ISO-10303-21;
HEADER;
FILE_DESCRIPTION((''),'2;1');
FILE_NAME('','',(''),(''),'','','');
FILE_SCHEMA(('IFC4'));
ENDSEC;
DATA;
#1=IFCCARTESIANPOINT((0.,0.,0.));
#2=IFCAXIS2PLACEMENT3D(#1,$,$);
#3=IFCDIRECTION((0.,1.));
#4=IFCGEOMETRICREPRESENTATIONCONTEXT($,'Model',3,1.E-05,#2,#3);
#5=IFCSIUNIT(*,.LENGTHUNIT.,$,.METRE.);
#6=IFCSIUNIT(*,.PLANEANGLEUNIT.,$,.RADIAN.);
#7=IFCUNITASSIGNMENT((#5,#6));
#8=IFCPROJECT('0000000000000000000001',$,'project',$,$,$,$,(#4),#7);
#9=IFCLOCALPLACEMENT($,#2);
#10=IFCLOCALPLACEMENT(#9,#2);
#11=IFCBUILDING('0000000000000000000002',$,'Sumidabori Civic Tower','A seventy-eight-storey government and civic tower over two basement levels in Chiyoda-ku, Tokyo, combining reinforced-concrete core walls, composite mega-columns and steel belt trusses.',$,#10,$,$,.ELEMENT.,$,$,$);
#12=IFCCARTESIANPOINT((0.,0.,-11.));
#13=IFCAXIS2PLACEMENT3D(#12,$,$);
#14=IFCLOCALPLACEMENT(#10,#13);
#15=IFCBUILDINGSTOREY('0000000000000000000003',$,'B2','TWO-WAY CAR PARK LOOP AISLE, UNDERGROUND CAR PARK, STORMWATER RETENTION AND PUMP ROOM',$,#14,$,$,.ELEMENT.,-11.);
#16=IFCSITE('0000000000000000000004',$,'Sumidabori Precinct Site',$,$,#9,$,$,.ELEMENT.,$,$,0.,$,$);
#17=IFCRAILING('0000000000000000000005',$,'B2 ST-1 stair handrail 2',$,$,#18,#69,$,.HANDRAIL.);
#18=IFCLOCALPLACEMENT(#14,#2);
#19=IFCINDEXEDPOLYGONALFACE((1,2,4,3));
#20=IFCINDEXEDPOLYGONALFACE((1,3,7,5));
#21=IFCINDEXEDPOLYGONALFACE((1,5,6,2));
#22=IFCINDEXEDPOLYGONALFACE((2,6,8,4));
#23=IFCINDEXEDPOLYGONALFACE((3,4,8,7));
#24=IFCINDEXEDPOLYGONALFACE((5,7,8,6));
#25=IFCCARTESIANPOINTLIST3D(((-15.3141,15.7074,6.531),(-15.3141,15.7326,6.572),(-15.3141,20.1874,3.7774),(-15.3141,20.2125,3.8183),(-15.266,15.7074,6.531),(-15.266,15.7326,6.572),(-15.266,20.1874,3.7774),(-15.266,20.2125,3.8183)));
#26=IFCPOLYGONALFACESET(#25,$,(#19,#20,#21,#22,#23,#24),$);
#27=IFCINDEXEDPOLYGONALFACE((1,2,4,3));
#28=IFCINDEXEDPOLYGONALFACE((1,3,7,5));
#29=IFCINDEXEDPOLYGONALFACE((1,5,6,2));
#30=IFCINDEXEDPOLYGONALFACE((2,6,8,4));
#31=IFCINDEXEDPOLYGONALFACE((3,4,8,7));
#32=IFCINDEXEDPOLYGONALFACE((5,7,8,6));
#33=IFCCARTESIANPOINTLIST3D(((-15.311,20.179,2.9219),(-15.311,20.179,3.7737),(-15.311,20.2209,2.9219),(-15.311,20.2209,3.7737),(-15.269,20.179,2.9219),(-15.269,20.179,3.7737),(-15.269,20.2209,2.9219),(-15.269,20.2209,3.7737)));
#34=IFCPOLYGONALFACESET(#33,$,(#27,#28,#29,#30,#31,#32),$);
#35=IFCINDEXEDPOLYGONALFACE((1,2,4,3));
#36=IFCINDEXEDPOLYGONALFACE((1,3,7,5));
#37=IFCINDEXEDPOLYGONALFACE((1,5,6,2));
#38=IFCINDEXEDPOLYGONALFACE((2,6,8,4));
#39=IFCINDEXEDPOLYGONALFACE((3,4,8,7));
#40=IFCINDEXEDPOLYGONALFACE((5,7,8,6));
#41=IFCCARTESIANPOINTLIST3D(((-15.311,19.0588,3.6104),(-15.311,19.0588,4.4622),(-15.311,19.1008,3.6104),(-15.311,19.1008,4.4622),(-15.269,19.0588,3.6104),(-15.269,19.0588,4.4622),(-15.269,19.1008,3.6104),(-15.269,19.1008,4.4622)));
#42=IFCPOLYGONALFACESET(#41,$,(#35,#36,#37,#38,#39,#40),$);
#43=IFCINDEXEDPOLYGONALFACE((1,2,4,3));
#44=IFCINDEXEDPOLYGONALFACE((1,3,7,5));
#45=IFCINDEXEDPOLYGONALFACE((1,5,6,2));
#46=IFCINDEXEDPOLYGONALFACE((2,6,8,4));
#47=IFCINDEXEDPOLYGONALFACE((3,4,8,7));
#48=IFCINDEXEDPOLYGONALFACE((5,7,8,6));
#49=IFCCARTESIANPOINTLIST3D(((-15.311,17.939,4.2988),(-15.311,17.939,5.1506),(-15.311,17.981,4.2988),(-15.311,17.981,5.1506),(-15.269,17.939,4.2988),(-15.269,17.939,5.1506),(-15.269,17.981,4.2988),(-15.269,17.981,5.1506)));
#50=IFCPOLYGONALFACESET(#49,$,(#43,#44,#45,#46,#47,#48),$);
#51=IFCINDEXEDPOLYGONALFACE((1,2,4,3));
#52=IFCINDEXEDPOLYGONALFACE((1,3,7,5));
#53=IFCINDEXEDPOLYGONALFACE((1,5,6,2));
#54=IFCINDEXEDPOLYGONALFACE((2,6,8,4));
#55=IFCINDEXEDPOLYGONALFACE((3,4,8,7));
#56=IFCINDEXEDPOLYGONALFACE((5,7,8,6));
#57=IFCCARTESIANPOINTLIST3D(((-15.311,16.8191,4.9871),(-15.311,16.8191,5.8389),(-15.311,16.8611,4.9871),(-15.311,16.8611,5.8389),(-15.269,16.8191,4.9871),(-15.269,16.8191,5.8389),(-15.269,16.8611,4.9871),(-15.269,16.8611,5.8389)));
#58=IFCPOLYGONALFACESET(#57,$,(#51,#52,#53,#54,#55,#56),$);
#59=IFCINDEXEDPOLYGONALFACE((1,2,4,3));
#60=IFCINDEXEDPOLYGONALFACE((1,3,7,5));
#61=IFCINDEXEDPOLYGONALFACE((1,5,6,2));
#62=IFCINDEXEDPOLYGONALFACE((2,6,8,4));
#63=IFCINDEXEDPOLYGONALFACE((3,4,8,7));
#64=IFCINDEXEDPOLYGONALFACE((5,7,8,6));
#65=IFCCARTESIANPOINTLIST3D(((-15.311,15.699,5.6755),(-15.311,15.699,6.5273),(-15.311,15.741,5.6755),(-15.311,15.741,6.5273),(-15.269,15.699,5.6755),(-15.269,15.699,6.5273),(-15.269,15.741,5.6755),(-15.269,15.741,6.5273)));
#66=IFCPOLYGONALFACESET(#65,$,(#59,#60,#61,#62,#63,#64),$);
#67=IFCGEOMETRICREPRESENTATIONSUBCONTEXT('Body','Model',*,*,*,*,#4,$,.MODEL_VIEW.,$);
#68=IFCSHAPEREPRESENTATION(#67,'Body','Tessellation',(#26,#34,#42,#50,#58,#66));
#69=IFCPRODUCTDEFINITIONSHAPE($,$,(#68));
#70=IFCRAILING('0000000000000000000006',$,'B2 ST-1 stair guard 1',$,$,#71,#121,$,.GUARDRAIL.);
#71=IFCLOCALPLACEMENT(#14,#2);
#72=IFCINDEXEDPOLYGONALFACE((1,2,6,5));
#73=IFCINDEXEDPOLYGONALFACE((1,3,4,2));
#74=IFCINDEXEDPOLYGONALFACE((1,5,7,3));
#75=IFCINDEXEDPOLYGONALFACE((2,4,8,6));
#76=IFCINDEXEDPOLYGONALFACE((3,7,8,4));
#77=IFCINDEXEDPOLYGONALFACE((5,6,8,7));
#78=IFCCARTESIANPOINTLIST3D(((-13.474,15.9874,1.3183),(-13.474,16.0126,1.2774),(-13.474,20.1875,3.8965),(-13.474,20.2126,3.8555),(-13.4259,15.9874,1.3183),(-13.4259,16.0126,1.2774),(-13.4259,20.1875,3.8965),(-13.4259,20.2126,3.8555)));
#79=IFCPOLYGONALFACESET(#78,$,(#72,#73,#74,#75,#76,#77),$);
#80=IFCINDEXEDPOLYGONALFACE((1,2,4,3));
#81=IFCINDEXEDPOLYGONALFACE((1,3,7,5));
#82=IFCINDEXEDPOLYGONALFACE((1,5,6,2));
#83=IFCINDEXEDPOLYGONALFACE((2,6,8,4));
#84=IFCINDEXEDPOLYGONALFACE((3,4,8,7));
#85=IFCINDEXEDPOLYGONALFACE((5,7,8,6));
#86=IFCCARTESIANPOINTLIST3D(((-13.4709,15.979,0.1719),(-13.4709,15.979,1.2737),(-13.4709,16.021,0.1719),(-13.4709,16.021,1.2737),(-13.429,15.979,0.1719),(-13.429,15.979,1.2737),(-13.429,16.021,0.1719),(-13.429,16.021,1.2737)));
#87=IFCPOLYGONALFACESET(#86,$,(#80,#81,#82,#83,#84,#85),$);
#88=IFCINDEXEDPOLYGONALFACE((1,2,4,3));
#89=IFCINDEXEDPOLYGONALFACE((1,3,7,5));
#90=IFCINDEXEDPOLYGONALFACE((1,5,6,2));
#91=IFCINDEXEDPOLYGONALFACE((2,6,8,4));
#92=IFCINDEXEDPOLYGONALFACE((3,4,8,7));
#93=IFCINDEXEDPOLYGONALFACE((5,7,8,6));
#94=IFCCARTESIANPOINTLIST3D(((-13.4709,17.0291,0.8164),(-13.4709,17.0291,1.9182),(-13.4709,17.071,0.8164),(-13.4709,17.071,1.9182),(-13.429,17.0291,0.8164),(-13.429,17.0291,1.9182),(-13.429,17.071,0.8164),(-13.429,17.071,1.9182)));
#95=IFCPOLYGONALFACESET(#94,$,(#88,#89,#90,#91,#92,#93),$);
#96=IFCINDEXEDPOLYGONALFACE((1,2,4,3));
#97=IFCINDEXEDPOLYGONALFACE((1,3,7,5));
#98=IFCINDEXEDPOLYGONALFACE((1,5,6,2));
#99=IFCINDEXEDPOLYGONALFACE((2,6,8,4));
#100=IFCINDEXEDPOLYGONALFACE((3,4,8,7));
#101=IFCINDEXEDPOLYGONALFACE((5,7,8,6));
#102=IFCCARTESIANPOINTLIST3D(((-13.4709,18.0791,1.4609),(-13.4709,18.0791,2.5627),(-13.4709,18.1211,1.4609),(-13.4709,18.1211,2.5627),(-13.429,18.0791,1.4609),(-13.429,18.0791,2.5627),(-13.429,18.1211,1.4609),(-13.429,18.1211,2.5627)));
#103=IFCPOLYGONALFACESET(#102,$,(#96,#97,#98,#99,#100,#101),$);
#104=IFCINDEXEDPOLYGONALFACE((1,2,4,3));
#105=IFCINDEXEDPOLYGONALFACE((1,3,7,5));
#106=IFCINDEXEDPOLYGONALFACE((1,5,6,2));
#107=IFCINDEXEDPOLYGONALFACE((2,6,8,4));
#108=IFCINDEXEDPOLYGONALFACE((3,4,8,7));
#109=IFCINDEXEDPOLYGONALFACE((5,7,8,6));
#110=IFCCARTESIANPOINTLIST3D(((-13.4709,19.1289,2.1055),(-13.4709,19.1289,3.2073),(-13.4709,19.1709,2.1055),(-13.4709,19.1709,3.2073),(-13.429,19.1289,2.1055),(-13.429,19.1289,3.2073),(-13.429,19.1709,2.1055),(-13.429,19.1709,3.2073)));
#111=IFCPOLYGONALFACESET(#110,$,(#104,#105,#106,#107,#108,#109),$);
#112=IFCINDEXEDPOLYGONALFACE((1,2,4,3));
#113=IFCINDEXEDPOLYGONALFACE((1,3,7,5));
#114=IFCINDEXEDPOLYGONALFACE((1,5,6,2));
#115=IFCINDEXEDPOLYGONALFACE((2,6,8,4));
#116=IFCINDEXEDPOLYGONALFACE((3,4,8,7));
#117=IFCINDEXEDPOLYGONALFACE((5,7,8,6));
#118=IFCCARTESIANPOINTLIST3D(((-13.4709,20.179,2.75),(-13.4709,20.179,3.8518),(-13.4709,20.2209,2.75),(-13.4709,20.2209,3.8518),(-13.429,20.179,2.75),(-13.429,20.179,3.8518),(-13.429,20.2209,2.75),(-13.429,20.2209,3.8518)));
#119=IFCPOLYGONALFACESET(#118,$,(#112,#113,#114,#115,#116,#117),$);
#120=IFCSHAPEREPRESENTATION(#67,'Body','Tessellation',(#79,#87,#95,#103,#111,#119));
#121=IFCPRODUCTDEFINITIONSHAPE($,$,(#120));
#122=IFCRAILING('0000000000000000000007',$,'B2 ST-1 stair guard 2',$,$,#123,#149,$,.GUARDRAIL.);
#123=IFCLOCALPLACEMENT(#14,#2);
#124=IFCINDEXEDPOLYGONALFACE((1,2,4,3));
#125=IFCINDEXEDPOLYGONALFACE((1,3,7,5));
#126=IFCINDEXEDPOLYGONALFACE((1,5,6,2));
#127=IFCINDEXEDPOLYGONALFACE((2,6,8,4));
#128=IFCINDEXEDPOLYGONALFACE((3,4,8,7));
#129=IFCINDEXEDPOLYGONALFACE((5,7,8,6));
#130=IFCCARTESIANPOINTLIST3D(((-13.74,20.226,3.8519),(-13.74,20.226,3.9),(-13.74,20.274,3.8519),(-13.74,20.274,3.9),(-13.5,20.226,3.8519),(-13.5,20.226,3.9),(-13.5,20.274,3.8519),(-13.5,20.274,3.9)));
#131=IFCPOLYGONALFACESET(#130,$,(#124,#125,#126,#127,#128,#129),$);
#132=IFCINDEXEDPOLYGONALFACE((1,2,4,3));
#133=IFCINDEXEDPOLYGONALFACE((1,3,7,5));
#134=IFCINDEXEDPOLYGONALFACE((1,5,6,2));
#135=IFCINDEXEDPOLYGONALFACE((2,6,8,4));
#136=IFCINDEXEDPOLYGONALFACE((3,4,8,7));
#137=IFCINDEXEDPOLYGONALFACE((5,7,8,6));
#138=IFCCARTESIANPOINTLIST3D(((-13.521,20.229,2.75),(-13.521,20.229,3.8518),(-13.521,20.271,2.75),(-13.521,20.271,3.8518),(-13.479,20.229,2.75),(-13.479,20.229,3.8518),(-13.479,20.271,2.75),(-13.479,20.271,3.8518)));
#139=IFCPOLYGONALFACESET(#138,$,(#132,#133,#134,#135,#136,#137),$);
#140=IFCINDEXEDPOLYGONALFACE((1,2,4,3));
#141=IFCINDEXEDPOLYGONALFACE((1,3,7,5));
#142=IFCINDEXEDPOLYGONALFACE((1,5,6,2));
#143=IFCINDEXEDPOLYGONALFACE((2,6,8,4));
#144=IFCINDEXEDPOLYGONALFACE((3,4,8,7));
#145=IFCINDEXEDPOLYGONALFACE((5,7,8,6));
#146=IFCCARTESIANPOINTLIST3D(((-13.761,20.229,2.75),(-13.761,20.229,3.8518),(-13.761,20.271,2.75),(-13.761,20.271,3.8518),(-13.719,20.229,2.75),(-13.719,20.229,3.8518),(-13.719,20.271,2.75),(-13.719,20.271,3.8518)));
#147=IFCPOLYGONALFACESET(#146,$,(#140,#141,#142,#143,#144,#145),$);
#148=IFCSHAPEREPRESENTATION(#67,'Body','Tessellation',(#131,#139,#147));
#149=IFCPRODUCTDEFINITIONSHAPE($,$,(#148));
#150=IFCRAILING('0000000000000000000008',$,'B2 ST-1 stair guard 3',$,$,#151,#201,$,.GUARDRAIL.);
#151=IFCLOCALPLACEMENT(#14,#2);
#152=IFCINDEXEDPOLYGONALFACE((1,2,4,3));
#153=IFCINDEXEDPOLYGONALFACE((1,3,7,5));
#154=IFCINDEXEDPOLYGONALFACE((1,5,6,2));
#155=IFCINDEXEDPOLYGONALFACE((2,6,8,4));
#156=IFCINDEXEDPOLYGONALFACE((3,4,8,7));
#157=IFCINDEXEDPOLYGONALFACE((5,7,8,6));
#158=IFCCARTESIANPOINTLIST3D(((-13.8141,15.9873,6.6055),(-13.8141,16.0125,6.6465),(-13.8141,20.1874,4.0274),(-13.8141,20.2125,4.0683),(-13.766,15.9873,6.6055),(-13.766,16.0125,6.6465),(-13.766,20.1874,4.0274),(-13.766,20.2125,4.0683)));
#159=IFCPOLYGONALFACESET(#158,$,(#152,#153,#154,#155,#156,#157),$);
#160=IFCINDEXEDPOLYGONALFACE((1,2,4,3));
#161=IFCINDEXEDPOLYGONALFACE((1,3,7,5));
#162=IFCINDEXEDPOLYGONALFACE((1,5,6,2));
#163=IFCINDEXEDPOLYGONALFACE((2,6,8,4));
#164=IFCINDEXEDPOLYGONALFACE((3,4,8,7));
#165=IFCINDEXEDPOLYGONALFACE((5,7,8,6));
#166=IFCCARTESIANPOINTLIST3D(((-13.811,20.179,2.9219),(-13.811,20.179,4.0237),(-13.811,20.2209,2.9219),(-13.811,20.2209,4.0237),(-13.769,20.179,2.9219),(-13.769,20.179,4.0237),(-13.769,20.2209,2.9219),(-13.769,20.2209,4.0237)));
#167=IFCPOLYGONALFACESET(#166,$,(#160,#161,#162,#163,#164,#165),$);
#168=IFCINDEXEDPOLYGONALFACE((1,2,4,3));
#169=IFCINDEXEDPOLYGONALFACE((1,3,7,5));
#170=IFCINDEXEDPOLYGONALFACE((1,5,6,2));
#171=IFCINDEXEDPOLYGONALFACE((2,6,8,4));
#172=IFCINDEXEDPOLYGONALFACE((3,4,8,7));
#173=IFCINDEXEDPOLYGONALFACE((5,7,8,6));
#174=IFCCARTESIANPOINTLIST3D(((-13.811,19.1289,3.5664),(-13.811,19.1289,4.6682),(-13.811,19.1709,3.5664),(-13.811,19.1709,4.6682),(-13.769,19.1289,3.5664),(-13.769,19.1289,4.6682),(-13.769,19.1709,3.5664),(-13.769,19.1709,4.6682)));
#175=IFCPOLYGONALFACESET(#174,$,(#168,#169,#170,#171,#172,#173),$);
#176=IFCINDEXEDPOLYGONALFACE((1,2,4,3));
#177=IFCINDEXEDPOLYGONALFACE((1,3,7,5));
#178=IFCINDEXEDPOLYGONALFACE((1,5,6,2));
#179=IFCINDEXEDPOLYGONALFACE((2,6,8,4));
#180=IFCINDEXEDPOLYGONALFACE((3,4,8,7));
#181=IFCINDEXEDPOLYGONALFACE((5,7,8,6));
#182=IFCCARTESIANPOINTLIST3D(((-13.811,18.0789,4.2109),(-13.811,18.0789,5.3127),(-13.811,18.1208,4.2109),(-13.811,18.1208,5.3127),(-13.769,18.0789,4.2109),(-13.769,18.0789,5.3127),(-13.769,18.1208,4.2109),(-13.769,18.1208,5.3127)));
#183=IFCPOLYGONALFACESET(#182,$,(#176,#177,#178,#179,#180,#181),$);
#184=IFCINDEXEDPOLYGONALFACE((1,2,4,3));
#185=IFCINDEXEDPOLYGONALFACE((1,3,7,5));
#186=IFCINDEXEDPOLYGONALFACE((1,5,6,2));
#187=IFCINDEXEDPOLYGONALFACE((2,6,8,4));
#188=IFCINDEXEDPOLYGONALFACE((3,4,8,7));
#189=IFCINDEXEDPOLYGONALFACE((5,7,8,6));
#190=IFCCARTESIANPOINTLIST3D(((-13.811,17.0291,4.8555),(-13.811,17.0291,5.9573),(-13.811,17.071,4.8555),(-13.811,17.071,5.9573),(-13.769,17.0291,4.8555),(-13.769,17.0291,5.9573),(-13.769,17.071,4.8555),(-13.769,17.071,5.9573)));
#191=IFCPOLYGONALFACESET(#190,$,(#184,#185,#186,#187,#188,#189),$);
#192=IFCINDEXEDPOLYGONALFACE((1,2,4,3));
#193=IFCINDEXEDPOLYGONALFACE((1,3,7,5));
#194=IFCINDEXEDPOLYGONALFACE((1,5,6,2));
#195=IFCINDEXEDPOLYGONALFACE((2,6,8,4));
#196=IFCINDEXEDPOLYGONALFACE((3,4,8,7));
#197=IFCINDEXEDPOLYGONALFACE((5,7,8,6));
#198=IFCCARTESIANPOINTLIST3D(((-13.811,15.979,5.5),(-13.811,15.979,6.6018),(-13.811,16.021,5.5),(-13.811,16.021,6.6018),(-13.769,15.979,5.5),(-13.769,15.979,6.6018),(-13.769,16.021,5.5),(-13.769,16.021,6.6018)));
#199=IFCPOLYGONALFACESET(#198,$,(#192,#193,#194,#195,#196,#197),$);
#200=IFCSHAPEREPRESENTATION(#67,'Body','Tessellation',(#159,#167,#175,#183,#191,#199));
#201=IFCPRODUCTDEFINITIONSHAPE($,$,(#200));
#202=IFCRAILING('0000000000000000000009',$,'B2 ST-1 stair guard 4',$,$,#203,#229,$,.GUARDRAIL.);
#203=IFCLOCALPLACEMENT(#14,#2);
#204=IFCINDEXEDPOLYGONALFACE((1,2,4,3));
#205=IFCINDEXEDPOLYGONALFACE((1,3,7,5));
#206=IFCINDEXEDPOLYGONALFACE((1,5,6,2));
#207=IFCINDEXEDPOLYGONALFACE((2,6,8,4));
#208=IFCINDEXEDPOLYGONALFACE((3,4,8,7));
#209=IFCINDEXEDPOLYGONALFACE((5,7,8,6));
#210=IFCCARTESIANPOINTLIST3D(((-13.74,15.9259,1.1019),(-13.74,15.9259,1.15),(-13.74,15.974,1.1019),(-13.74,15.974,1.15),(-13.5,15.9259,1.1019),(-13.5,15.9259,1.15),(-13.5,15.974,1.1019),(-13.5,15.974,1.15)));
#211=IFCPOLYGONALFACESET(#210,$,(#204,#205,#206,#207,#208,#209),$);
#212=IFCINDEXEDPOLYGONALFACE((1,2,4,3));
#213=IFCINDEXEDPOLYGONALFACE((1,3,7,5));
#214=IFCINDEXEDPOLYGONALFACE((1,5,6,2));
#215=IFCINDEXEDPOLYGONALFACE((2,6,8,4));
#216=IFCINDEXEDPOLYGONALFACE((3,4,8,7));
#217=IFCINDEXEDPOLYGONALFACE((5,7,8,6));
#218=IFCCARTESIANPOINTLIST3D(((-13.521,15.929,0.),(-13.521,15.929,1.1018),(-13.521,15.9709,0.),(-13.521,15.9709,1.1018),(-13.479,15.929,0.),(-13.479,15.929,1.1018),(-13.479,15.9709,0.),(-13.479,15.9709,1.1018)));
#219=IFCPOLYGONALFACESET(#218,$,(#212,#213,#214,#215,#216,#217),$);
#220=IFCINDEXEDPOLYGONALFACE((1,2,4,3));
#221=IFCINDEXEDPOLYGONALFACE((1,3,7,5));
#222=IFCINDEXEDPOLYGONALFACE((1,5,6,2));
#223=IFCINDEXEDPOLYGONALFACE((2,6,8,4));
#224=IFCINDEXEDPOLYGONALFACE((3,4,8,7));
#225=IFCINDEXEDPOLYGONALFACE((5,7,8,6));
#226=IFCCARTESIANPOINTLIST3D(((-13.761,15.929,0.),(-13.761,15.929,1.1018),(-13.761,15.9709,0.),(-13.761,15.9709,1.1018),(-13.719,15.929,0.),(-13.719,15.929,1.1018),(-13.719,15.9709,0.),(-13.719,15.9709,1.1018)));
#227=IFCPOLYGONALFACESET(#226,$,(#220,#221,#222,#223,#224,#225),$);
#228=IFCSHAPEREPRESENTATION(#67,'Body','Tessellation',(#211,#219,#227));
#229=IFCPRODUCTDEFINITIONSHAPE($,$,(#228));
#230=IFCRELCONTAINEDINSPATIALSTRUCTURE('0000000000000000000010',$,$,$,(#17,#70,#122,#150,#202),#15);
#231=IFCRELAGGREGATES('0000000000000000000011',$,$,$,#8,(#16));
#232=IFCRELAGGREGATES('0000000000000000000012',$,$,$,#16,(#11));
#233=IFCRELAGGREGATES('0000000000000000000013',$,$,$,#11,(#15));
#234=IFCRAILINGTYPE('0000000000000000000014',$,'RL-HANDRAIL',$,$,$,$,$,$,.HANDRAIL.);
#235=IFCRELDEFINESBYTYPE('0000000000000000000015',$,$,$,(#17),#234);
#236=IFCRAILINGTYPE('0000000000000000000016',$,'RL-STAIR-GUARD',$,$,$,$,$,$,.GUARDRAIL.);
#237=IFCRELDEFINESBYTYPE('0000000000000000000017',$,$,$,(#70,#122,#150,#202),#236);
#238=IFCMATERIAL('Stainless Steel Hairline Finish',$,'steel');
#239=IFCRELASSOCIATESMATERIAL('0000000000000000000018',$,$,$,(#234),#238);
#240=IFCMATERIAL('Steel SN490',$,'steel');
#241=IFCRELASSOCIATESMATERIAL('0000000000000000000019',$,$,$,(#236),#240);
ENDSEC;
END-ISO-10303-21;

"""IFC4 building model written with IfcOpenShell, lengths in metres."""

from ifc_helpers import new_model, si_unit, direction, frame, origin, origin_2d, place, context, subcontext, project, spatial, rectangle, extrude, material, type_object, element, save


model = new_model("IFC4")

# Units and contexts
model_context = context("Model", 3, precision=1e-05, world=origin(), true_north=direction((0.0, 1.0)))
body_context = subcontext(model_context, "Body", "Model", "MODEL_VIEW")
ifc_project = project(units=[si_unit("LENGTHUNIT", "METRE"), si_unit("PLANEANGLEUNIT", "RADIAN")], contexts=[model_context])

# Site, building, storey
site_placement = place(None, origin())
site = spatial("IfcSite", under=ifc_project, at=site_placement, Name="Sumidabori Precinct Site", CompositionType="ELEMENT", RefElevation=0.0)
building_placement = place(site_placement, origin())
building = spatial("IfcBuilding", under=site, at=building_placement, Name="Sumidabori Civic Tower", Description="A seventy-eight-storey government and civic tower over two basement levels in Chiyoda-ku, Tokyo, combining reinforced-concrete core walls, composite mega-columns and steel belt trusses.", CompositionType="ELEMENT")
storey_placement = place(building_placement, frame((0.0, 0.0, -11.0)))
storey = spatial("IfcBuildingStorey", under=building, at=storey_placement, Name="B2", Description="TWO-WAY CAR PARK LOOP AISLE, UNDERGROUND CAR PARK, STORMWATER RETENTION AND PUMP ROOM", CompositionType="ELEMENT", Elevation=-11.0)

# Shared definitions
ifc_material_1 = material(Name="Steel SN490", Category="steel")

# Railings
ifc_material_2 = material(Name="Stainless Steel Hairline Finish", Category="steel")
railing_type_1 = type_object("IfcRailingType", Name="RL-HANDRAIL", PredefinedType="HANDRAIL", material=ifc_material_2)
railing_1_placement = place(storey_placement, frame((-15.29, 20.2, 2.9219)))
element("IfcRailing", 1, at=railing_1_placement, inside=storey, type_object=railing_type_1, Name="B2 ST-1 stair handrail 2", PredefinedType="HANDRAIL", context=body_context, shape_type="SweptSolid", body=[
    extrude(rectangle(XDim=0.0481, YDim=0.0481, at=origin_2d()), frame((0.0, 0.0, 0.876), z_axis=(0.0, -0.851934, 0.523649), x_axis=(1.0, 0.0, 0.0)), (0.0, 0.0, 1.0), 5.2585),
    extrude(rectangle(XDim=0.042, YDim=0.042, at=origin_2d()), origin(), (0.0, 0.0, 1.0), 0.8518),
    extrude(rectangle(XDim=0.042, YDim=0.042, at=origin_2d()), frame((0.0, -1.1201, 0.6885)), (0.0, 0.0, 1.0), 0.8518),
    extrude(rectangle(XDim=0.042, YDim=0.042, at=origin_2d()), frame((0.0, -2.24, 1.377)), (0.0, 0.0, 1.0), 0.8518),
    extrude(rectangle(XDim=0.042, YDim=0.042, at=origin_2d()), frame((0.0, -3.3599, 2.0652)), (0.0, 0.0, 1.0), 0.8518),
    extrude(rectangle(XDim=0.042, YDim=0.042, at=origin_2d()), frame((0.0, -4.48, 2.7537)), (0.0, 0.0, 1.0), 0.8518),
])
railing_type_2 = type_object("IfcRailingType", Name="RL-STAIR-GUARD", PredefinedType="GUARDRAIL", material=ifc_material_1)
railing_2_placement = place(storey_placement, frame((-13.45, 16.0, 0.1719)))
element("IfcRailing", 2, at=railing_2_placement, inside=storey, type_object=railing_type_2, Name="B2 ST-1 stair guard 1", PredefinedType="GUARDRAIL", context=body_context, shape_type="SweptSolid", body=[
    extrude(rectangle(XDim=0.0481, YDim=0.0481, at=origin_2d()), frame((0.0, 0.0, 1.126), z_axis=(0.0, 0.852243, 0.523146), x_axis=(-1.0, 0.0, 0.0)), (0.0, 0.0, 1.0), 4.9282),
    extrude(rectangle(XDim=0.042, YDim=0.042, at=origin_2d()), origin(), (0.0, 0.0, 1.0), 1.1018),
    extrude(rectangle(XDim=0.042, YDim=0.042, at=origin_2d()), frame((0.0, 1.05, 0.6445)), (0.0, 0.0, 1.0), 1.1018),
    extrude(rectangle(XDim=0.042, YDim=0.042, at=origin_2d()), frame((0.0, 2.1001, 1.2891)), (0.0, 0.0, 1.0), 1.1018),
    extrude(rectangle(XDim=0.042, YDim=0.042, at=origin_2d()), frame((0.0, 3.1499, 1.9336)), (0.0, 0.0, 1.0), 1.1018),
    extrude(rectangle(XDim=0.042, YDim=0.042, at=origin_2d()), frame((0.0, 4.2, 2.5781)), (0.0, 0.0, 1.0), 1.1018),
])
railing_3_placement = place(storey_placement, frame((-13.5, 20.25, 2.75)))
element("IfcRailing", 3, at=railing_3_placement, inside=storey, type_object=railing_type_2, Name="B2 ST-1 stair guard 2", PredefinedType="GUARDRAIL", context=body_context, shape_type="SweptSolid", body=[
    extrude(rectangle(XDim=0.0481, YDim=0.0481, at=origin_2d()), frame((0.0, 0.0, 1.126), z_axis=(-1.0, 0.0, 0.0), x_axis=(0.0, -1.0, 0.0)), (0.0, 0.0, 1.0), 0.24),
    extrude(rectangle(XDim=0.042, YDim=0.042, at=origin_2d()), origin(), (0.0, 0.0, 1.0), 1.1018),
    extrude(rectangle(XDim=0.042, YDim=0.042, at=origin_2d()), frame((-0.24, 0.0, 0.0)), (0.0, 0.0, 1.0), 1.1018),
])
railing_4_placement = place(storey_placement, frame((-13.79, 20.2, 2.9219)))
element("IfcRailing", 4, at=railing_4_placement, inside=storey, type_object=railing_type_2, Name="B2 ST-1 stair guard 3", PredefinedType="GUARDRAIL", context=body_context, shape_type="SweptSolid", body=[
    extrude(rectangle(XDim=0.0481, YDim=0.0481, at=origin_2d()), frame((0.0, 0.0, 1.126), z_axis=(0.0, -0.852243, 0.523146), x_axis=(1.0, 0.0, 0.0)), (0.0, 0.0, 1.0), 4.9282),
    extrude(rectangle(XDim=0.042, YDim=0.042, at=origin_2d()), origin(), (0.0, 0.0, 1.0), 1.1018),
    extrude(rectangle(XDim=0.042, YDim=0.042, at=origin_2d()), frame((0.0, -1.05, 0.6445)), (0.0, 0.0, 1.0), 1.1018),
    extrude(rectangle(XDim=0.042, YDim=0.042, at=origin_2d()), frame((0.0, -2.1001, 1.2891)), (0.0, 0.0, 1.0), 1.1018),
    extrude(rectangle(XDim=0.042, YDim=0.042, at=origin_2d()), frame((0.0, -3.1499, 1.9336)), (0.0, 0.0, 1.0), 1.1018),
    extrude(rectangle(XDim=0.042, YDim=0.042, at=origin_2d()), frame((0.0, -4.2, 2.5781)), (0.0, 0.0, 1.0), 1.1018),
])
railing_5_placement = place(storey_placement, frame((-13.5, 15.95, 0.0)))
element("IfcRailing", 5, at=railing_5_placement, inside=storey, type_object=railing_type_2, Name="B2 ST-1 stair guard 4", PredefinedType="GUARDRAIL", context=body_context, shape_type="SweptSolid", body=[
    extrude(rectangle(XDim=0.0481, YDim=0.0481, at=origin_2d()), frame((0.0, 0.0, 1.126), z_axis=(-1.0, 0.0, 0.0), x_axis=(0.0, -1.0, 0.0)), (0.0, 0.0, 1.0), 0.24),
    extrude(rectangle(XDim=0.042, YDim=0.042, at=origin_2d()), origin(), (0.0, 0.0, 1.0), 1.1018),
    extrude(rectangle(XDim=0.042, YDim=0.042, at=origin_2d()), frame((-0.24, 0.0, 0.0)), (0.0, 0.0, 1.0), 1.1018),
])

save(model, "model.ifc")
